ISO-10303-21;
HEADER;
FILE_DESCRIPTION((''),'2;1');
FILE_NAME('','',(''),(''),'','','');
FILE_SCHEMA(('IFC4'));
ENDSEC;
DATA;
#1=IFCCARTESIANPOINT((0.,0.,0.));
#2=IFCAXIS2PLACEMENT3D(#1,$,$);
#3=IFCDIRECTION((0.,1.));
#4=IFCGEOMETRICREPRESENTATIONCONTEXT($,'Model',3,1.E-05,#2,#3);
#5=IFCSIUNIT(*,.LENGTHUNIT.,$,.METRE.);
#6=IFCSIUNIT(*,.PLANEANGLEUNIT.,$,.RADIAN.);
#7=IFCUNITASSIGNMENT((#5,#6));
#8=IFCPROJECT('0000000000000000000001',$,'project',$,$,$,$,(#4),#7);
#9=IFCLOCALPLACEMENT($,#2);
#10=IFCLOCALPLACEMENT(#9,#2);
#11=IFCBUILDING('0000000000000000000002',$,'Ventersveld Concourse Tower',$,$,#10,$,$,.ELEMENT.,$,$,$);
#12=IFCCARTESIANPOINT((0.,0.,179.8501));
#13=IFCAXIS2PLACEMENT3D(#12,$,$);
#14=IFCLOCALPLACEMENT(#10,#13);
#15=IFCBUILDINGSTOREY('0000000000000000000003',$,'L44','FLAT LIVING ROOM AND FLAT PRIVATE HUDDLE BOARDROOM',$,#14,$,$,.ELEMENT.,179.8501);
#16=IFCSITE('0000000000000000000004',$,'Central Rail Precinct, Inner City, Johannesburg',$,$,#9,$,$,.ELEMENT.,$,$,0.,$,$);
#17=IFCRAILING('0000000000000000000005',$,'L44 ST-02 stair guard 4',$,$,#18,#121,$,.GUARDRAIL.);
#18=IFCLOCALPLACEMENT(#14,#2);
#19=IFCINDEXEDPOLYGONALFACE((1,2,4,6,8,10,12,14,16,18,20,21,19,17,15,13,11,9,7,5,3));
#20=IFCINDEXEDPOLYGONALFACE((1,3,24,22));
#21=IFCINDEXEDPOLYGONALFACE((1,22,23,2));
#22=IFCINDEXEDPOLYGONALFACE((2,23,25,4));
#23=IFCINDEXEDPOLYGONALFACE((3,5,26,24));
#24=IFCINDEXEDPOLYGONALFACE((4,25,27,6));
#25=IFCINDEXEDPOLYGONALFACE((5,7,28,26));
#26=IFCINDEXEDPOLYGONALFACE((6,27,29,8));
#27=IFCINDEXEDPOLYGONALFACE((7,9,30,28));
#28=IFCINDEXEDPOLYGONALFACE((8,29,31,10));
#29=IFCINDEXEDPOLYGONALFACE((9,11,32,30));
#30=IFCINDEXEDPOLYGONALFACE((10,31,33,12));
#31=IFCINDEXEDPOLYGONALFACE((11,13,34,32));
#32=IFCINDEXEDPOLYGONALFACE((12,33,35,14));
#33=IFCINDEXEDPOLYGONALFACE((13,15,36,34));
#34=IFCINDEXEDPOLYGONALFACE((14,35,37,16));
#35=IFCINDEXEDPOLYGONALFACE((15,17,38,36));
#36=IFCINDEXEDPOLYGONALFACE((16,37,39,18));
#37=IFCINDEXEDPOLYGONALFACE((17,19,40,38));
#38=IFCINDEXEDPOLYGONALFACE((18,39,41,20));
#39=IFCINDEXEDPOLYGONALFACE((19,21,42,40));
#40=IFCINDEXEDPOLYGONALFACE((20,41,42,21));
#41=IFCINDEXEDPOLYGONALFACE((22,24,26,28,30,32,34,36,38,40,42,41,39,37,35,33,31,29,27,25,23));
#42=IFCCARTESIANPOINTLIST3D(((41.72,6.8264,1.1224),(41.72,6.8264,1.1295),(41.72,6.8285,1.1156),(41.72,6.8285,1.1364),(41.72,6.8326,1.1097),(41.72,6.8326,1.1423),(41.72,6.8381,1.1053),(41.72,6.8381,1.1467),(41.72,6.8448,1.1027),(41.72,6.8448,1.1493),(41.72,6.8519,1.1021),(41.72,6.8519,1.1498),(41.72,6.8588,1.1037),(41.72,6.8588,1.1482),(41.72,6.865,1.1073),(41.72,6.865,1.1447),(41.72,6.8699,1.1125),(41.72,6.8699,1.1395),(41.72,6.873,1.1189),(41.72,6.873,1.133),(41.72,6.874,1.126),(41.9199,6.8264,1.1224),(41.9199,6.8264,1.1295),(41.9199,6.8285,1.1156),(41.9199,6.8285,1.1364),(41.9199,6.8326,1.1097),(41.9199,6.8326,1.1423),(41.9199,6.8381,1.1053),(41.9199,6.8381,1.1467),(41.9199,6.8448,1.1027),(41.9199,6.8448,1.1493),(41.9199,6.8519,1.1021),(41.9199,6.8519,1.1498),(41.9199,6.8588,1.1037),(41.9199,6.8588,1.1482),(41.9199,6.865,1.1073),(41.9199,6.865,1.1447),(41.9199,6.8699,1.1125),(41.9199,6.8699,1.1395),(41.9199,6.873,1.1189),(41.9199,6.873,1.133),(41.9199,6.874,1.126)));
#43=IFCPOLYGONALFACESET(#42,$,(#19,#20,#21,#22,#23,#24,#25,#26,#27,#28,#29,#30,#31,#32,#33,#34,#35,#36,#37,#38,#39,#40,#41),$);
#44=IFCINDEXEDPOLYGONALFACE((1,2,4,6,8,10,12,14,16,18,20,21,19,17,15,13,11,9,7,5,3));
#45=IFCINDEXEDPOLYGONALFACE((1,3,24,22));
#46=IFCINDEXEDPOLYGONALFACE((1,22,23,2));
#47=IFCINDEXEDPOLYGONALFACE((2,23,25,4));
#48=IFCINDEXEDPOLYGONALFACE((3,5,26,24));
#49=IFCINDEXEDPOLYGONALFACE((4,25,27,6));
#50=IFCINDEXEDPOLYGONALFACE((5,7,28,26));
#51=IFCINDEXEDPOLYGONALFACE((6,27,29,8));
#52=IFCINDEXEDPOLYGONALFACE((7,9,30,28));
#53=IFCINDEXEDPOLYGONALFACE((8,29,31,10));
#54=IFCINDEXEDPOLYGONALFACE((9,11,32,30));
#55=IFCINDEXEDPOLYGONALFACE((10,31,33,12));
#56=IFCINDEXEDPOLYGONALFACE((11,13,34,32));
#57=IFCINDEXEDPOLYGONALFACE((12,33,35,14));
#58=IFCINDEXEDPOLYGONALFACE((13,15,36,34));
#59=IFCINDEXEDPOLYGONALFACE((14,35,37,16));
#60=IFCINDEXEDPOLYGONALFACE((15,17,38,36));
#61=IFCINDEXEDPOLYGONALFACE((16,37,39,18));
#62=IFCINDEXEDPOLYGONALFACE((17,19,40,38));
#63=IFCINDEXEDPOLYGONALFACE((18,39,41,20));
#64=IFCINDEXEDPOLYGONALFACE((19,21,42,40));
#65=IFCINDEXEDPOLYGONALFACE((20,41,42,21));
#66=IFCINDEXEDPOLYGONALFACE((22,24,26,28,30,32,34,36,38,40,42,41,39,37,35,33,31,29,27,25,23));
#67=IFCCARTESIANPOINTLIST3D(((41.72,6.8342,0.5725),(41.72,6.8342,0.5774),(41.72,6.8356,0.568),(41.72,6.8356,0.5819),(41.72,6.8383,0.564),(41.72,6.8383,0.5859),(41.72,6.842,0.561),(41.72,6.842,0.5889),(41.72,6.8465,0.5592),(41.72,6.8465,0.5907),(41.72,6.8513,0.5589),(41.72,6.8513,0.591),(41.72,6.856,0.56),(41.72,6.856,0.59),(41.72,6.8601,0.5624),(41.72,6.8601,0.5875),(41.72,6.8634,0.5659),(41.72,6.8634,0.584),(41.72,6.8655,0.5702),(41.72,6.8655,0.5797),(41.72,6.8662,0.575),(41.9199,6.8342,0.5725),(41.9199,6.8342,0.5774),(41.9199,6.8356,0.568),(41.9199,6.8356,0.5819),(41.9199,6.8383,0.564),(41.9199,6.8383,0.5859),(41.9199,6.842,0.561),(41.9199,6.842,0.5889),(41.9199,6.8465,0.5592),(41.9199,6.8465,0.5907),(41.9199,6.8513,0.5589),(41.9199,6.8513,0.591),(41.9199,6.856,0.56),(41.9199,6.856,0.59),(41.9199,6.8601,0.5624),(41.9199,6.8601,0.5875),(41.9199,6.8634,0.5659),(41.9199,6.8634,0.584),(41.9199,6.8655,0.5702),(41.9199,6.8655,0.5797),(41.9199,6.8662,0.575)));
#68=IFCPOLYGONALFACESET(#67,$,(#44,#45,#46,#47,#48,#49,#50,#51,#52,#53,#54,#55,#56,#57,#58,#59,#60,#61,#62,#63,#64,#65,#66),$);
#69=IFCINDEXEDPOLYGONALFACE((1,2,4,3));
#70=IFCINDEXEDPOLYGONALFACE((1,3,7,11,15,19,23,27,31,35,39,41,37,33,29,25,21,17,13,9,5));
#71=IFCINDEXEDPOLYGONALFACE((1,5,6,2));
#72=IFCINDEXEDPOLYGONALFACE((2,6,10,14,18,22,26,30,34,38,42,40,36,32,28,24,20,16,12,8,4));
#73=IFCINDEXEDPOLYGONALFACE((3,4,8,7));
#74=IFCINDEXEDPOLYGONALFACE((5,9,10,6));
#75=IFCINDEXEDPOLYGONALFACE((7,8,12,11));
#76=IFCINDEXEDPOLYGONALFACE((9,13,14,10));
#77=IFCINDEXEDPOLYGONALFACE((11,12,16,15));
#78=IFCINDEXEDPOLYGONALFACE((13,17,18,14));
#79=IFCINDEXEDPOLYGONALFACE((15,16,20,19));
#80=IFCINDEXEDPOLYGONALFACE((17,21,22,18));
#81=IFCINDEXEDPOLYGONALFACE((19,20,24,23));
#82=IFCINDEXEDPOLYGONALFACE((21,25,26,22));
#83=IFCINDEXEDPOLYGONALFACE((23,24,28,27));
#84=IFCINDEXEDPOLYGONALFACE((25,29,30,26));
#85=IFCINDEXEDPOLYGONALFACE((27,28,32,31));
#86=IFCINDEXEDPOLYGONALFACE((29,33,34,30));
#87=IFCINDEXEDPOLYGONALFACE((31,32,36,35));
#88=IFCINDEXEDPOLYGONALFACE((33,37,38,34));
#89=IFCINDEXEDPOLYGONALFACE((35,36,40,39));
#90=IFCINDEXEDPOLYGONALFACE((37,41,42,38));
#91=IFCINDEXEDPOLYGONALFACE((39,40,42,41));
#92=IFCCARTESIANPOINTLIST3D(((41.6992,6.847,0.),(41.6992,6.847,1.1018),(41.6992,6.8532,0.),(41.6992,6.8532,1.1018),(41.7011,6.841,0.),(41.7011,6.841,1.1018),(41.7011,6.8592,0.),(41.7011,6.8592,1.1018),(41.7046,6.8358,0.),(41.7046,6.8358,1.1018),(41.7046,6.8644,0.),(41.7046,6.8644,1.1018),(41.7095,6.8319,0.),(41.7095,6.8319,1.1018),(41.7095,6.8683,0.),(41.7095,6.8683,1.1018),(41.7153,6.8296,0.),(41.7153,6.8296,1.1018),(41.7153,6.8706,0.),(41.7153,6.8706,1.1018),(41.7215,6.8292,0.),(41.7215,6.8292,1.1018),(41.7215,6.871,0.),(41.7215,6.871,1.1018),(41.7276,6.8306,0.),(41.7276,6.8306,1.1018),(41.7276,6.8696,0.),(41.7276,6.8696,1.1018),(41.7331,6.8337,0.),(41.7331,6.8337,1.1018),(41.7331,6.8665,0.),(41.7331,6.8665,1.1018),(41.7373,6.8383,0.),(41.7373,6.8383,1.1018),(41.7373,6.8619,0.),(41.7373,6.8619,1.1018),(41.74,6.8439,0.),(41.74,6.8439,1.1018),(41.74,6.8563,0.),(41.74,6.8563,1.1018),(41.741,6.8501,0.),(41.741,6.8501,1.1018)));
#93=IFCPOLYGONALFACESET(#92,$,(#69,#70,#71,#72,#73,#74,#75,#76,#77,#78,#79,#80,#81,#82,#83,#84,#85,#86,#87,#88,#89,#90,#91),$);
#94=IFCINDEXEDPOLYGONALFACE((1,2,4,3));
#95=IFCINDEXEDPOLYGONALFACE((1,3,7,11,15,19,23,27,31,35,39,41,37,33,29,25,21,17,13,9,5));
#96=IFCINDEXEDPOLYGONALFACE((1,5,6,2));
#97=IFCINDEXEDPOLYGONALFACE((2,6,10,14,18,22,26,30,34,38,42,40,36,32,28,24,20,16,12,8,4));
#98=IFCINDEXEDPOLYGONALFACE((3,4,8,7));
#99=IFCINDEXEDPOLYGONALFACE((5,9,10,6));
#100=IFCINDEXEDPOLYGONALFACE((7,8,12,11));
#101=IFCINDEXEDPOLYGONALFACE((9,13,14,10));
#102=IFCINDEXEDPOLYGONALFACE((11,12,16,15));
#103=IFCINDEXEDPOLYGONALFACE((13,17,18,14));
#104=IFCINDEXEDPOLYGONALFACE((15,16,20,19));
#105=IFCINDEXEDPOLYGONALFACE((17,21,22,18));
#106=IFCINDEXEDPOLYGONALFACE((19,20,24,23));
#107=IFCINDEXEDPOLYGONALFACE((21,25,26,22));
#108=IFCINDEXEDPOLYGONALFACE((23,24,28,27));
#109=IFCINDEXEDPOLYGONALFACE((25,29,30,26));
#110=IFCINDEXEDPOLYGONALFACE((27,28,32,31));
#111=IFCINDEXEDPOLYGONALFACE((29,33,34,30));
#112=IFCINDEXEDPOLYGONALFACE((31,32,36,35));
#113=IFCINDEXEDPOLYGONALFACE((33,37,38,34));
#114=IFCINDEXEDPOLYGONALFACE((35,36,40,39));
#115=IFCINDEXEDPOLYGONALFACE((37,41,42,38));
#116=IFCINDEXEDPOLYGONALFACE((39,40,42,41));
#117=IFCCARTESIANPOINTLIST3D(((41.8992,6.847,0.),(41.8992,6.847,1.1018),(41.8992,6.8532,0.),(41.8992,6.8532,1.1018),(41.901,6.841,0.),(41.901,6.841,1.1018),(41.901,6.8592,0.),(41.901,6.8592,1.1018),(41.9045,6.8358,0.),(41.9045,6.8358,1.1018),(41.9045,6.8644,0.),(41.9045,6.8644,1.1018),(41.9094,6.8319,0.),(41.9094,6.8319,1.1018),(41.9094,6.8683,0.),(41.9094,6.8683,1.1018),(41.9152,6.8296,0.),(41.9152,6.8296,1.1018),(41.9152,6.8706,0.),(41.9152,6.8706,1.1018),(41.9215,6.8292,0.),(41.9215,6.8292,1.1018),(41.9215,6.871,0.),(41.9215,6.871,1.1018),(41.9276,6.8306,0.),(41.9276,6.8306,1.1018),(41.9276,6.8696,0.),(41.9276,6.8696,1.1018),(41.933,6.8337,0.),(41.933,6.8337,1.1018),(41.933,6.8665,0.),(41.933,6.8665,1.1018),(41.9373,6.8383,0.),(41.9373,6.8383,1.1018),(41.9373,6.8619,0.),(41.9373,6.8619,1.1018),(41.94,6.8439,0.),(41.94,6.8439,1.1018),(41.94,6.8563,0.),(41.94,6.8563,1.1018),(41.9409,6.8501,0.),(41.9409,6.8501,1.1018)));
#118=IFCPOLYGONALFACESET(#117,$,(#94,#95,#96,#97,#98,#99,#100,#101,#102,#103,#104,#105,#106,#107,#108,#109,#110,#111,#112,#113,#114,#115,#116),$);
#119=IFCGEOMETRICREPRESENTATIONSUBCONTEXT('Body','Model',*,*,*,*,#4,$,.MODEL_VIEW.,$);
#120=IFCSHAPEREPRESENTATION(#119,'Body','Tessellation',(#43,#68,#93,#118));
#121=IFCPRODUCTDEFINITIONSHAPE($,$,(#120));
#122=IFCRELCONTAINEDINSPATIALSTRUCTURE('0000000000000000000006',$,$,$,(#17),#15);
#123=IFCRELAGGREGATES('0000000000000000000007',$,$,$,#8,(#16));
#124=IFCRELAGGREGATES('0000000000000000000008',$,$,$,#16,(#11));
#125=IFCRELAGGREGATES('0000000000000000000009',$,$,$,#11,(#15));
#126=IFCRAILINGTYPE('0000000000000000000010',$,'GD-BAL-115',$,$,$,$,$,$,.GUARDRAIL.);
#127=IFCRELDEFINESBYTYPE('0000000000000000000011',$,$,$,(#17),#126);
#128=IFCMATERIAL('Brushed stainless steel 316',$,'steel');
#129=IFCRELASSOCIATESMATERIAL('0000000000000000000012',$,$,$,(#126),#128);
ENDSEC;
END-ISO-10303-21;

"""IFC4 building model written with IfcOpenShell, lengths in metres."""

from ifc_helpers import new_model, si_unit, direction, frame, origin, origin_2d, place, context, subcontext, project, spatial, circle, extrude, material, type_object, element, save


model = new_model("IFC4")

# Units and contexts
model_context = context("Model", 3, precision=1e-05, world=origin(), true_north=direction((0.0, 1.0)))
body_context = subcontext(model_context, "Body", "Model", "MODEL_VIEW")
ifc_project = project(units=[si_unit("LENGTHUNIT", "METRE"), si_unit("PLANEANGLEUNIT", "RADIAN")], contexts=[model_context])

# Site, building, storey
site_placement = place(None, origin())
site = spatial("IfcSite", under=ifc_project, at=site_placement, Name="Central Rail Precinct, Inner City, Johannesburg", CompositionType="ELEMENT", RefElevation=0.0)
building_placement = place(site_placement, origin())
building = spatial("IfcBuilding", under=site, at=building_placement, Name="Ventersveld Concourse Tower", CompositionType="ELEMENT")
storey_placement = place(building_placement, frame((0.0, 0.0, 179.8501)))
storey = spatial("IfcBuildingStorey", under=building, at=storey_placement, Name="L44", Description="FLAT LIVING ROOM AND FLAT PRIVATE HUDDLE BOARDROOM", CompositionType="ELEMENT", Elevation=179.8501)

# Shared definitions
ifc_material_1 = material(Name="Brushed stainless steel 316", Category="steel")

# Railing
railing_type_1 = type_object("IfcRailingType", Name="GD-BAL-115", PredefinedType="GUARDRAIL", material=ifc_material_1)
railing_1_placement = place(storey_placement, frame((41.72, 6.8501, 0.0)))
element("IfcRailing", 1, at=railing_1_placement, inside=storey, type_object=railing_type_1, Name="L44 ST-02 stair guard 4", PredefinedType="GUARDRAIL", context=body_context, shape_type="SweptSolid", body=[
    extrude(circle(Radius=0.0239, at=origin_2d()), frame((0.0, 0.0, 1.126), z_axis=(1.0, 0.0, 0.0), x_axis=(0.0, 1.0, 0.0)), (0.0, 0.0, 1.0), 0.2),
    extrude(circle(Radius=0.0161, at=origin_2d()), frame((0.0, 0.0, 0.575), z_axis=(1.0, 0.0, 0.0), x_axis=(0.0, 1.0, 0.0)), (0.0, 0.0, 1.0), 0.2),
    extrude(circle(Radius=0.021, at=origin_2d()), origin(), (0.0, 0.0, 1.0), 1.1018),
    extrude(circle(Radius=0.021, at=origin_2d()), frame((0.2, 0.0, 0.0)), (0.0, 0.0, 1.0), 1.1018),
])

save(model, "model.ifc")
